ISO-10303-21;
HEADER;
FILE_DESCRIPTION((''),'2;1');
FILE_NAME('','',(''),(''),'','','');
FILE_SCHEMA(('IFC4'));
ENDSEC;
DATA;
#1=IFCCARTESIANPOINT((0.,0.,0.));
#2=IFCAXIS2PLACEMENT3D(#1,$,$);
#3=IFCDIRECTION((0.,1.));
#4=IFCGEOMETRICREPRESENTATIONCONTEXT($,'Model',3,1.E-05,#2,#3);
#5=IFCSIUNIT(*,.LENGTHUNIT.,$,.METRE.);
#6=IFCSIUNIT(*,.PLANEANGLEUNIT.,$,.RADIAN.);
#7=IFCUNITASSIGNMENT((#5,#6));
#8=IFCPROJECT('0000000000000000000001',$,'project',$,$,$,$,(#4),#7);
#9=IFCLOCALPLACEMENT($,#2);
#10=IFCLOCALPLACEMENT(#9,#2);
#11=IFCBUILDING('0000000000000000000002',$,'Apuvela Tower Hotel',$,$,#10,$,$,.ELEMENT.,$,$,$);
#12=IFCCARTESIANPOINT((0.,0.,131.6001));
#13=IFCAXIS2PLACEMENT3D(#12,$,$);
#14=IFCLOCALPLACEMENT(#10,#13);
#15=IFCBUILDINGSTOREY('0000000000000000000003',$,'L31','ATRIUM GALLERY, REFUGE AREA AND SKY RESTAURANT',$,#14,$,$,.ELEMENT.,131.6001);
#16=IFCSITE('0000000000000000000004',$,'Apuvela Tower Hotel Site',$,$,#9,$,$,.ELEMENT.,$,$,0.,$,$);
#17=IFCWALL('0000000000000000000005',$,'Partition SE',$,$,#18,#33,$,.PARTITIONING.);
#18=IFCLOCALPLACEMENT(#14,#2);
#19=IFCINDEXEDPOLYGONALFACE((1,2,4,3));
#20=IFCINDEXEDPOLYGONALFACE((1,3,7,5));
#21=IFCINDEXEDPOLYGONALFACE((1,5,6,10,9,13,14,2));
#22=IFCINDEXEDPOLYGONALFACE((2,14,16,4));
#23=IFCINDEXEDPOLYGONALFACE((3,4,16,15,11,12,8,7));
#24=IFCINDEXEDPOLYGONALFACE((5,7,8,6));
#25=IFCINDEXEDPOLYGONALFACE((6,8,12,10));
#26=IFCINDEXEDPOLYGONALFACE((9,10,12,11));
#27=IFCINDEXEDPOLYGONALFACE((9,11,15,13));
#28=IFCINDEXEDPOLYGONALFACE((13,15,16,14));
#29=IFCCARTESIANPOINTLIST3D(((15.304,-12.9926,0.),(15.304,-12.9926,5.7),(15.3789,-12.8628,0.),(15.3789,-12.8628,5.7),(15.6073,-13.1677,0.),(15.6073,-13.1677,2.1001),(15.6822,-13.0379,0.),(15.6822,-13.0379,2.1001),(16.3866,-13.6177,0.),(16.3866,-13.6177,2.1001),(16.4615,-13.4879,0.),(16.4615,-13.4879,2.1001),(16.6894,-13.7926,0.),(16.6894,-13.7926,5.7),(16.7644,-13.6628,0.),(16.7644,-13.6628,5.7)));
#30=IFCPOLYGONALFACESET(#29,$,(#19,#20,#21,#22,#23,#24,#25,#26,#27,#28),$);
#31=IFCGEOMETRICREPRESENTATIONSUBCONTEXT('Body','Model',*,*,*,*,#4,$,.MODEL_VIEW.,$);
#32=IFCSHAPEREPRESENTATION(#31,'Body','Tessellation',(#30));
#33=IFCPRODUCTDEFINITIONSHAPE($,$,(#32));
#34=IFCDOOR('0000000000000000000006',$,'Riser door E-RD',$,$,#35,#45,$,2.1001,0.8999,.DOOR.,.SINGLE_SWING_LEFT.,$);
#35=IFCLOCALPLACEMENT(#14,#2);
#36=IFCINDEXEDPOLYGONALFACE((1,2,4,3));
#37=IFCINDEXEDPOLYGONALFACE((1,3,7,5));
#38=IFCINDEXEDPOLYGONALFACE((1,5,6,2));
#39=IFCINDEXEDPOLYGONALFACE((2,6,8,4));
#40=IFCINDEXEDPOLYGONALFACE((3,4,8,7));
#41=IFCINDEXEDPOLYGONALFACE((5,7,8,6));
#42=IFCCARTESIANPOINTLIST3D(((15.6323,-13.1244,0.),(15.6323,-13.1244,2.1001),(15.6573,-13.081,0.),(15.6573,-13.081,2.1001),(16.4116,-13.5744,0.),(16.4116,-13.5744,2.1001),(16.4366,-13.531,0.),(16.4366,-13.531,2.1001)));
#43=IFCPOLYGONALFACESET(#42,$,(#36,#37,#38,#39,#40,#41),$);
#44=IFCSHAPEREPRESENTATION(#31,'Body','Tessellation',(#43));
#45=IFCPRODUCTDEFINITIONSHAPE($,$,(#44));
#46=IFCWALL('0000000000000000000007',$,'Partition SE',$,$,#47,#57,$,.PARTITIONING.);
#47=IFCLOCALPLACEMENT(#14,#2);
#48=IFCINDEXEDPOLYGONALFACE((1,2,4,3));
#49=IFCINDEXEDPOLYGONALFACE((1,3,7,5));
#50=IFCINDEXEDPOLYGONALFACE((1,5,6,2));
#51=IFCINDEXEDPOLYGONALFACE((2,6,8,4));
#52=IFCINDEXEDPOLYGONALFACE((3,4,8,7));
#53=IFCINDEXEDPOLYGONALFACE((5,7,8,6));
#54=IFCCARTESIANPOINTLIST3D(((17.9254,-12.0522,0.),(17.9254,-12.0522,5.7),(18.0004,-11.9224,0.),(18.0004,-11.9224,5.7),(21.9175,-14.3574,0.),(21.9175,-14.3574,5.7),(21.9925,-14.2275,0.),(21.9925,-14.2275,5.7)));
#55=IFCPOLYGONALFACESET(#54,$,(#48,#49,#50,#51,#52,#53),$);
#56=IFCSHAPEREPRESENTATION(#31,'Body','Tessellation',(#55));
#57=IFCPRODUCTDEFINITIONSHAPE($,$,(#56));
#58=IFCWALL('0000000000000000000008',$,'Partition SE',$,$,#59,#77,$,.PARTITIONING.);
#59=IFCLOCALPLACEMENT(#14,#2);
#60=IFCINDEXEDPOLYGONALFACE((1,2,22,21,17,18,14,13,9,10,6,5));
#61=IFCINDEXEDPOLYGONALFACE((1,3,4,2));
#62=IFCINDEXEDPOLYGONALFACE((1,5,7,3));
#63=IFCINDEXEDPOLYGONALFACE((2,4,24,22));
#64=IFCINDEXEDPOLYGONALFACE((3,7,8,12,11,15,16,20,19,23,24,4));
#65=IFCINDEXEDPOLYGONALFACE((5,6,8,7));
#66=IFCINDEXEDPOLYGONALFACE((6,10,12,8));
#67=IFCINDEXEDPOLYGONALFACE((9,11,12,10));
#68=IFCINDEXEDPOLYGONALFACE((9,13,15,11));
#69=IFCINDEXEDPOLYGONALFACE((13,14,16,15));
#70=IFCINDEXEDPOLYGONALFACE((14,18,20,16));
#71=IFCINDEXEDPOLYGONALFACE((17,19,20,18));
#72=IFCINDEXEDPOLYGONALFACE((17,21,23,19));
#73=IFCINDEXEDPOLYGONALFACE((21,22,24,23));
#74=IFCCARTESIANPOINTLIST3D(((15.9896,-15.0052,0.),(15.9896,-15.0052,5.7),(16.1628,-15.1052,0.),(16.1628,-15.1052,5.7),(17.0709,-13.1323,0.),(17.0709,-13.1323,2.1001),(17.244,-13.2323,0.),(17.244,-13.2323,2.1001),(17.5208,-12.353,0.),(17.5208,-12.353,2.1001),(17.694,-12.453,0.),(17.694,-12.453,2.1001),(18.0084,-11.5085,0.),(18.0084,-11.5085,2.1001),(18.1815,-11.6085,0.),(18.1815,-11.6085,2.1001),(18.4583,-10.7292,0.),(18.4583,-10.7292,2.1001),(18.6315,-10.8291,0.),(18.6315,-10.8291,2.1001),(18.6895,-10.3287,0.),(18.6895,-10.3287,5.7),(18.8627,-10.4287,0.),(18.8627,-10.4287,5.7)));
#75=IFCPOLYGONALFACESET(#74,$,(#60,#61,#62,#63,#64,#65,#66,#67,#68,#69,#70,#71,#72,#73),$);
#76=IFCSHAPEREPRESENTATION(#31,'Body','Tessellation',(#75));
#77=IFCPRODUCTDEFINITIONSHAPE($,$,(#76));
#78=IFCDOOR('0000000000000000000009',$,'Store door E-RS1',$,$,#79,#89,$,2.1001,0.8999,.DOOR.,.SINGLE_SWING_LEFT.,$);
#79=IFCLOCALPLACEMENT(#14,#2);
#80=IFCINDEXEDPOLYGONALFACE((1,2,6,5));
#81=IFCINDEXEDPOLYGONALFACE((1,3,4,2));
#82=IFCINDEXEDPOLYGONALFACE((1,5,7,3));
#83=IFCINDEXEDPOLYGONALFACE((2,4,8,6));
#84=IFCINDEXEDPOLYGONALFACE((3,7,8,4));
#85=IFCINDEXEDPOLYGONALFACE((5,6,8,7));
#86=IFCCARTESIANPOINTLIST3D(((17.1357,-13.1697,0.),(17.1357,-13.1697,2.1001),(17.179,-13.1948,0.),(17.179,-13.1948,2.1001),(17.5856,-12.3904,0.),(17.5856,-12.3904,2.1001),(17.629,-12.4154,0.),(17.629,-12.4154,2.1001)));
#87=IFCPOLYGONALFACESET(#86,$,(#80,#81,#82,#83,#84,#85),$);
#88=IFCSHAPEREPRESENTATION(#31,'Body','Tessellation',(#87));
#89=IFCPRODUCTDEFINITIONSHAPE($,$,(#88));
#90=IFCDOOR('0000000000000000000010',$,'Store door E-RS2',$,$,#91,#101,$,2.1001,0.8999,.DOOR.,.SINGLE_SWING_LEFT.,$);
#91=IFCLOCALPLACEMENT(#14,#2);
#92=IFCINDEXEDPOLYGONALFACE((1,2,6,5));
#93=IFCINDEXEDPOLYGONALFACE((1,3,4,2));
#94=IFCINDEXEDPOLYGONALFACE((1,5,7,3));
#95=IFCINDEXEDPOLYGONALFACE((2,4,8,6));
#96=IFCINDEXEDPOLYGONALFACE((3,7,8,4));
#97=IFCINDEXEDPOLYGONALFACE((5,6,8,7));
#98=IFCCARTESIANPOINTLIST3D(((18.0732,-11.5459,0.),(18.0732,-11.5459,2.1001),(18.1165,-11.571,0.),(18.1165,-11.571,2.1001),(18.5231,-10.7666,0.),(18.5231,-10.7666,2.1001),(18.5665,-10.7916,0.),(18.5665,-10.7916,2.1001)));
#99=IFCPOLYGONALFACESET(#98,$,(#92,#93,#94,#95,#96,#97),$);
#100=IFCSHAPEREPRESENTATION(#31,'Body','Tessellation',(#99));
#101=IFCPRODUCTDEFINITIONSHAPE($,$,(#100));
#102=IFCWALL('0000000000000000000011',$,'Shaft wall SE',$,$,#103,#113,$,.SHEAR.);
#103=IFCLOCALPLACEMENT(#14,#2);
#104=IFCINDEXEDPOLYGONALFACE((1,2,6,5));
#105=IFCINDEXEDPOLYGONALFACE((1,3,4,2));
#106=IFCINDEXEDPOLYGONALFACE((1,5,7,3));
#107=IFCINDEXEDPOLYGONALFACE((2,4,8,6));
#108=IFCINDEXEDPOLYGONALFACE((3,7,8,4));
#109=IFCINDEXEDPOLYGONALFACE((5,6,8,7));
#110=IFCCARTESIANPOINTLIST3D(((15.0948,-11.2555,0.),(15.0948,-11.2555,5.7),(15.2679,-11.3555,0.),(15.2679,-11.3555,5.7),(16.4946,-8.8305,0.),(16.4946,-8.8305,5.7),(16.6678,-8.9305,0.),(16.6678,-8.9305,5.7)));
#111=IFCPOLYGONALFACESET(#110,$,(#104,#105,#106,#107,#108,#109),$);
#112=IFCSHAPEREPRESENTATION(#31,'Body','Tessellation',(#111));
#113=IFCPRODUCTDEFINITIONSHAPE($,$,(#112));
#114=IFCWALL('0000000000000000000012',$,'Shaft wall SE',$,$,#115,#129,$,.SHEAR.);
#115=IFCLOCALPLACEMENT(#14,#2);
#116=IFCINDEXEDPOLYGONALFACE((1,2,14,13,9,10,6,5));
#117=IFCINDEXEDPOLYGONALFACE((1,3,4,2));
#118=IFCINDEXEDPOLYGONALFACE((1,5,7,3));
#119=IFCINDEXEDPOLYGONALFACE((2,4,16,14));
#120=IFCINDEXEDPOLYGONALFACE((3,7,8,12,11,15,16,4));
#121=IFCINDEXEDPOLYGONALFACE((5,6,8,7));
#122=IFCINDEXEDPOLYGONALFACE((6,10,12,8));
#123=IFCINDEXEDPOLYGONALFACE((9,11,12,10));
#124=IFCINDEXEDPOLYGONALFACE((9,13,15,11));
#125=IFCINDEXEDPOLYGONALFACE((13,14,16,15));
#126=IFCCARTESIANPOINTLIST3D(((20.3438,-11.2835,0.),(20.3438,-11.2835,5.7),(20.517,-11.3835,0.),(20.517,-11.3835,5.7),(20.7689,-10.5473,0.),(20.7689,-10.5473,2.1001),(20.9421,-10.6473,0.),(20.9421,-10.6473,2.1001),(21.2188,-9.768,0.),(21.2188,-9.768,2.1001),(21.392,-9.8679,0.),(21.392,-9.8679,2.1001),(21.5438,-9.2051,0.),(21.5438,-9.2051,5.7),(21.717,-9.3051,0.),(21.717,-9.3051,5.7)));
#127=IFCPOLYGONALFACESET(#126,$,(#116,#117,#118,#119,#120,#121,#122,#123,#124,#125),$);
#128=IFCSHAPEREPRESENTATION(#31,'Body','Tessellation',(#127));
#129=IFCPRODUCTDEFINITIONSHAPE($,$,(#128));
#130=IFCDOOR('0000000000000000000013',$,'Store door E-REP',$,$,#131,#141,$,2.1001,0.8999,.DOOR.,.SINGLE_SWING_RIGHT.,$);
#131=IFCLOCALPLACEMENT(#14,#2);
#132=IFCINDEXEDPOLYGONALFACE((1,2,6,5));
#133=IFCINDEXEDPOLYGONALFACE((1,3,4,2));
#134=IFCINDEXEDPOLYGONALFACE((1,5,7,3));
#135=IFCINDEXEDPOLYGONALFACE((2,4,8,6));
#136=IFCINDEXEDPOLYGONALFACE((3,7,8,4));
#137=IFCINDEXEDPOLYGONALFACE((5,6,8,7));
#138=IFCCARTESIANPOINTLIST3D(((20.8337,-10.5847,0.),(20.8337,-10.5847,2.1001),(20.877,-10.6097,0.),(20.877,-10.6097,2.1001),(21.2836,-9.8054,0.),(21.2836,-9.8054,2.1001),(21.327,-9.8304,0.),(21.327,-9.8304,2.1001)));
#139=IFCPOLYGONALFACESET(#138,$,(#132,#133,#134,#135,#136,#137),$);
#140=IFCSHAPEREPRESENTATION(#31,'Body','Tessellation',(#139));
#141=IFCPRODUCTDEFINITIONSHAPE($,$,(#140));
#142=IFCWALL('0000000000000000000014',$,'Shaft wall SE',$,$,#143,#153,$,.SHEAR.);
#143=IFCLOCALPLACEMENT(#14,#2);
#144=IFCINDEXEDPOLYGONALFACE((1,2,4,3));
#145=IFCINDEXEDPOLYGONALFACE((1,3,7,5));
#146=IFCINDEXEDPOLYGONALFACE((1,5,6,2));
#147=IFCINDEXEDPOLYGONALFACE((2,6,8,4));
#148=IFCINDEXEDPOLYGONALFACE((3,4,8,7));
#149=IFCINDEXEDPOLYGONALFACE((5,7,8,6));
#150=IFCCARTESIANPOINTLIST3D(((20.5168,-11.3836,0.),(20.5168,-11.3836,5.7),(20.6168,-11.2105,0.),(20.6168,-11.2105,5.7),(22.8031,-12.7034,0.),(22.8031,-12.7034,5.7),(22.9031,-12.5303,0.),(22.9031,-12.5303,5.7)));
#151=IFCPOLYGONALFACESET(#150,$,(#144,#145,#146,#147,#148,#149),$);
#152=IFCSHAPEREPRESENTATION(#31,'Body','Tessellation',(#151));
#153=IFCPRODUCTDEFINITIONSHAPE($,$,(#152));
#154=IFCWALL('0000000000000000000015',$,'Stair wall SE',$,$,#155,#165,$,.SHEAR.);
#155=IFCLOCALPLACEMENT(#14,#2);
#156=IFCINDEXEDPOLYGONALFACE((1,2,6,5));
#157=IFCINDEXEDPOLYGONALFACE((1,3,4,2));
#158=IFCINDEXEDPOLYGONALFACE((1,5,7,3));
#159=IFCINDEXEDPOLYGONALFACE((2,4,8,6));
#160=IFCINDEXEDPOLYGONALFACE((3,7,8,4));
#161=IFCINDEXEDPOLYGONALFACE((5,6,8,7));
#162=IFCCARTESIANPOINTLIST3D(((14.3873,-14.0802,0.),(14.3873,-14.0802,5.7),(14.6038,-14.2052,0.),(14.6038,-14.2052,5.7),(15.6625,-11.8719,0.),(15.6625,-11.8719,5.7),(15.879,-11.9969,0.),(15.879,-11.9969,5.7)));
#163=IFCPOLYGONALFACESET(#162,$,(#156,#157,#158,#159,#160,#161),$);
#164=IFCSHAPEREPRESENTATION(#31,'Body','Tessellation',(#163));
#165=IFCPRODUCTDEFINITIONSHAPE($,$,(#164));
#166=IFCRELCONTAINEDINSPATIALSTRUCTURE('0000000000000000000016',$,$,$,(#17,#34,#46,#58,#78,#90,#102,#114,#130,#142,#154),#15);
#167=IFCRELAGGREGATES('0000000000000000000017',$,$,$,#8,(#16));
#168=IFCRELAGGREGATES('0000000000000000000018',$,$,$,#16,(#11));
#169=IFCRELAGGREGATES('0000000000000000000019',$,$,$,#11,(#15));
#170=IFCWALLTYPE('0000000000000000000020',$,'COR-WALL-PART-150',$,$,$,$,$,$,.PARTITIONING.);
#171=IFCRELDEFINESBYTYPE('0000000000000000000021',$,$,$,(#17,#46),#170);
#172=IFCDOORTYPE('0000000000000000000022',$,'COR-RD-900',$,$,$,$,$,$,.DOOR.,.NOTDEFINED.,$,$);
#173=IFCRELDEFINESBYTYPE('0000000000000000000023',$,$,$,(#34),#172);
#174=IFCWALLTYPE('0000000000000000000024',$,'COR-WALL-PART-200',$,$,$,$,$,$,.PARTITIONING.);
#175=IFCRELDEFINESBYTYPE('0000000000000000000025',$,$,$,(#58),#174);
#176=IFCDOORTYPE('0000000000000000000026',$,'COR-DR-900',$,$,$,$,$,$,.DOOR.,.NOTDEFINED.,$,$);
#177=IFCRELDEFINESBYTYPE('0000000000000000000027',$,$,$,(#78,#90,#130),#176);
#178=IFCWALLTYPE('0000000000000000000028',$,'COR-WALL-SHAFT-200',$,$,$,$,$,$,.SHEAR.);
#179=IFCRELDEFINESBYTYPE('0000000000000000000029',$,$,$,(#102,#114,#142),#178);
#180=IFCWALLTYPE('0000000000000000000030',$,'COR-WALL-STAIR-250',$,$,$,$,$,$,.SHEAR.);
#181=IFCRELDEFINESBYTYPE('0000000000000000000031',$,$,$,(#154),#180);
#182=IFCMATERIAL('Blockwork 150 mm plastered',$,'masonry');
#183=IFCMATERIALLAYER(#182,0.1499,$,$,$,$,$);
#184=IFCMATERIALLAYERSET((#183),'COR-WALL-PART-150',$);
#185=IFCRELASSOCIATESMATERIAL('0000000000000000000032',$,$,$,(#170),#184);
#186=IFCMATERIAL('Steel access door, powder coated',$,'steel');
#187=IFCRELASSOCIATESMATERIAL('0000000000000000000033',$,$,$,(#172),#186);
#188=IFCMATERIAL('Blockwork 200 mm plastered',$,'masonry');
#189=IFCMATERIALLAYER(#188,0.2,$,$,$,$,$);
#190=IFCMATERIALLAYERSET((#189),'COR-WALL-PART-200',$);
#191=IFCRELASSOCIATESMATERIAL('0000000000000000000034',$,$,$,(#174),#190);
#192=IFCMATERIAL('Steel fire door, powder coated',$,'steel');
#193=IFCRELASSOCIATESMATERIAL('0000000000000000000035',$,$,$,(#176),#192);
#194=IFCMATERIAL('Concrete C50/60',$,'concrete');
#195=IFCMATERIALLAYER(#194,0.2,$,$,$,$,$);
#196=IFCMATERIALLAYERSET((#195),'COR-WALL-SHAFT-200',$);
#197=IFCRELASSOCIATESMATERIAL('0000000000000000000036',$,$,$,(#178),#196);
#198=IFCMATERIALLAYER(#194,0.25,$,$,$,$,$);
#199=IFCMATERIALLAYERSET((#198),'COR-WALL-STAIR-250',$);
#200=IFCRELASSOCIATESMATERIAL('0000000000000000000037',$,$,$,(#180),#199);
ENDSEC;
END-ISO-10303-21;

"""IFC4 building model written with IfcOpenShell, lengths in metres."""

from ifc_helpers import new_model, si_unit, direction, frame, frame_2d, origin, place, context, subcontext, project, spatial, rectangle, extrude, material, layer, layer_set, type_object, element, fill, save


model = new_model("IFC4")

# Units and contexts
model_context = context("Model", 3, precision=1e-05, world=origin(), true_north=direction((0.0, 1.0)))
body_context = subcontext(model_context, "Body", "Model", "MODEL_VIEW")
ifc_project = project(units=[si_unit("LENGTHUNIT", "METRE"), si_unit("PLANEANGLEUNIT", "RADIAN")], contexts=[model_context])

# Site, building, storey
site_placement = place(None, origin())
site = spatial("IfcSite", under=ifc_project, at=site_placement, Name="Apuvela Tower Hotel Site", CompositionType="ELEMENT", RefElevation=0.0)
building_placement = place(site_placement, origin())
building = spatial("IfcBuilding", under=site, at=building_placement, Name="Apuvela Tower Hotel", CompositionType="ELEMENT")
storey_placement = place(building_placement, frame((0.0, 0.0, 131.6001)))
storey = spatial("IfcBuildingStorey", under=building, at=storey_placement, Name="L31", Description="ATRIUM GALLERY, REFUGE AREA AND SKY RESTAURANT", CompositionType="ELEMENT", Elevation=131.6001)

# Wall, opening, door
ifc_material_1 = material(Name="Blockwork 150 mm plastered", Category="masonry")
ifc_layer_1 = layer(ifc_material_1, 0.1499)
ifc_layer_set_1 = layer_set([ifc_layer_1], Name="COR-WALL-PART-150")
wall_type_1 = type_object("IfcWallType", Name="COR-WALL-PART-150", PredefinedType="PARTITIONING", material=ifc_layer_set_1)
wall_1_placement = place(storey_placement, frame((15.3416, -12.9277, 0.0), z_axis=(0.0, 0.0, 1.0), x_axis=(0.86599, -0.500061, 0.0)))
wall_1 = element("IfcWall", 1, at=wall_1_placement, inside=storey, type_object=wall_type_1, Name="Partition SE", PredefinedType="PARTITIONING", context=body_context, shape_type="SweptSolid", body=[
    extrude(rectangle(XDim=1.5999, YDim=0.1499, at=frame_2d((0.7998, 0.0))), origin(), (0.0, 0.0, 1.0), 5.7),
])
opening_1_placement = place(wall_1_placement, frame((0.3501, 0.0, 0.0)))
opening_1 = element("IfcOpeningElement", 2, at=opening_1_placement, cuts=wall_1, PredefinedType="OPENING", context=body_context, shape_type="SweptSolid", body=[
    extrude(rectangle(XDim=0.8999, YDim=2.1001, at=frame_2d((0.45, 1.05))), frame((0.0, 0.085, 0.0), z_axis=(0.0, -1.0, 0.0), x_axis=(1.0, 0.0, 0.0)), (0.0, 0.0, 1.0), 0.1699),
])
ifc_material_2 = material(Name="Steel access door, powder coated", Category="steel")
door_type_1 = type_object("IfcDoorType", Name="COR-RD-900", OperationType="NOTDEFINED", PredefinedType="DOOR", material=ifc_material_2)
door_1_placement = place(opening_1_placement, frame((0.8999, 0.0, 0.0), z_axis=(0.0, 0.0, 1.0), x_axis=(-1.0, 0.0, 0.0)))
door_1 = element("IfcDoor", 3, at=door_1_placement, inside=storey, type_object=door_type_1, Name="Riser door E-RD", OperationType="SINGLE_SWING_LEFT", OverallHeight=2.1001, OverallWidth=0.8999, PredefinedType="DOOR", context=body_context, shape_type="SweptSolid", body=[
    extrude(rectangle(XDim=0.8999, YDim=2.1001, at=frame_2d((0.45, 1.05))), frame((0.0, 0.0249, 0.0), z_axis=(0.0, -1.0, 0.0), x_axis=(1.0, 0.0, 0.0)), (0.0, 0.0, 1.0), 0.05),
])
fill(opening_1, door_1)

# Wall
wall_2_placement = place(storey_placement, frame((17.9629, -11.9873, 0.0), z_axis=(0.0, 0.0, 1.0), x_axis=(0.865999, -0.500046, 0.0)))
element("IfcWall", 4, at=wall_2_placement, inside=storey, type_object=wall_type_1, Name="Partition SE", PredefinedType="PARTITIONING", context=body_context, shape_type="SweptSolid", body=[
    extrude(rectangle(XDim=4.6099, YDim=0.1499, at=frame_2d((2.3049, 0.0))), origin(), (0.0, 0.0, 1.0), 5.7),
])

# Wall, openings, doors
ifc_material_3 = material(Name="Blockwork 200 mm plastered", Category="masonry")
ifc_layer_2 = layer(ifc_material_3, 0.2)
ifc_layer_set_2 = layer_set([ifc_layer_2], Name="COR-WALL-PART-200")
wall_type_2 = type_object("IfcWallType", Name="COR-WALL-PART-200", PredefinedType="PARTITIONING", material=ifc_layer_set_2)
wall_3_placement = place(storey_placement, frame((16.0762, -15.0552, 0.0), z_axis=(0.0, 0.0, 1.0), x_axis=(0.499995, 0.866028, 0.0)))
wall_3 = element("IfcWall", 5, at=wall_3_placement, inside=storey, type_object=wall_type_2, Name="Partition SE", PredefinedType="PARTITIONING", context=body_context, shape_type="SweptSolid", body=[
    extrude(rectangle(XDim=5.3999, YDim=0.2, at=frame_2d((2.7, 0.0))), origin(), (0.0, 0.0, 1.0), 5.7),
])
opening_2_placement = place(wall_3_placement, frame((2.1626, 0.0, 0.0)))
opening_2 = element("IfcOpeningElement", 6, at=opening_2_placement, cuts=wall_3, PredefinedType="OPENING", context=body_context, shape_type="SweptSolid", body=[
    extrude(rectangle(XDim=0.8999, YDim=2.1001, at=frame_2d((0.45, 1.05))), frame((0.0, 0.1099, 0.0), z_axis=(0.0, -1.0, 0.0), x_axis=(1.0, 0.0, 0.0)), (0.0, 0.0, 1.0), 0.22),
])
opening_3_placement = place(wall_3_placement, frame((4.0376, 0.0, 0.0)))
opening_3 = element("IfcOpeningElement", 7, at=opening_3_placement, cuts=wall_3, PredefinedType="OPENING", context=body_context, shape_type="SweptSolid", body=[
    extrude(rectangle(XDim=0.8999, YDim=2.1001, at=frame_2d((0.45, 1.05))), frame((0.0, 0.1099, 0.0), z_axis=(0.0, -1.0, 0.0), x_axis=(1.0, 0.0, 0.0)), (0.0, 0.0, 1.0), 0.22),
])
ifc_material_4 = material(Name="Steel fire door, powder coated", Category="steel")
door_type_2 = type_object("IfcDoorType", Name="COR-DR-900", OperationType="NOTDEFINED", PredefinedType="DOOR", material=ifc_material_4)
door_2_placement = place(opening_2_placement, frame((0.8999, 0.0, 0.0), z_axis=(0.0, 0.0, 1.0), x_axis=(-1.0, 0.0, 0.0)))
door_2 = element("IfcDoor", 8, at=door_2_placement, inside=storey, type_object=door_type_2, Name="Store door E-RS1", OperationType="SINGLE_SWING_LEFT", OverallHeight=2.1001, OverallWidth=0.8999, PredefinedType="DOOR", context=body_context, shape_type="SweptSolid", body=[
    extrude(rectangle(XDim=0.8999, YDim=2.1001, at=frame_2d((0.45, 1.05))), frame((0.0, 0.0249, 0.0), z_axis=(0.0, -1.0, 0.0), x_axis=(1.0, 0.0, 0.0)), (0.0, 0.0, 1.0), 0.05),
])
fill(opening_2, door_2)
door_3_placement = place(opening_3_placement, frame((0.8999, 0.0, 0.0), z_axis=(0.0, 0.0, 1.0), x_axis=(-1.0, 0.0, 0.0)))
door_3 = element("IfcDoor", 9, at=door_3_placement, inside=storey, type_object=door_type_2, Name="Store door E-RS2", OperationType="SINGLE_SWING_LEFT", OverallHeight=2.1001, OverallWidth=0.8999, PredefinedType="DOOR", context=body_context, shape_type="SweptSolid", body=[
    extrude(rectangle(XDim=0.8999, YDim=2.1001, at=frame_2d((0.45, 1.05))), frame((0.0, 0.0249, 0.0), z_axis=(0.0, -1.0, 0.0), x_axis=(1.0, 0.0, 0.0)), (0.0, 0.0, 1.0), 0.05),
])
fill(opening_3, door_3)

# Wall
ifc_material_5 = material(Name="Concrete C50/60", Category="concrete")
ifc_layer_3 = layer(ifc_material_5, 0.2)
ifc_layer_set_3 = layer_set([ifc_layer_3], Name="COR-WALL-SHAFT-200")
wall_type_3 = type_object("IfcWallType", Name="COR-WALL-SHAFT-200", PredefinedType="SHEAR", material=ifc_layer_set_3)
wall_4_placement = place(storey_placement, frame((15.1814, -11.3054, 0.0), z_axis=(0.0, 0.0, 1.0), x_axis=(0.499946, 0.866056, 0.0)))
element("IfcWall", 10, at=wall_4_placement, inside=storey, type_object=wall_type_3, Name="Shaft wall SE", PredefinedType="SHEAR", context=body_context, shape_type="SweptSolid", body=[
    extrude(rectangle(XDim=2.8, YDim=0.2, at=frame_2d((1.3999, 0.0))), origin(), (0.0, 0.0, 1.0), 5.7),
])

# Wall, opening, door
wall_5_placement = place(storey_placement, frame((20.4304, -11.3335, 0.0), z_axis=(0.0, 0.0, 1.0), x_axis=(0.500001, 0.866025, 0.0)))
wall_5 = element("IfcWall", 11, at=wall_5_placement, inside=storey, type_object=wall_type_3, Name="Shaft wall SE", PredefinedType="SHEAR", context=body_context, shape_type="SweptSolid", body=[
    extrude(rectangle(XDim=2.3999, YDim=0.2, at=frame_2d((1.2, 0.0))), origin(), (0.0, 0.0, 1.0), 5.7),
])
opening_4_placement = place(wall_5_placement, frame((0.8501, 0.0, 0.0)))
opening_4 = element("IfcOpeningElement", 12, at=opening_4_placement, cuts=wall_5, PredefinedType="OPENING", context=body_context, shape_type="SweptSolid", body=[
    extrude(rectangle(XDim=0.8999, YDim=2.1001, at=frame_2d((0.45, 1.05))), frame((0.0, 0.1099, 0.0), z_axis=(0.0, -1.0, 0.0), x_axis=(1.0, 0.0, 0.0)), (0.0, 0.0, 1.0), 0.22),
])
door_4_placement = place(opening_4_placement, frame((0.8999, 0.0, 0.0), z_axis=(0.0, 0.0, 1.0), x_axis=(-1.0, 0.0, 0.0)))
door_4 = element("IfcDoor", 13, at=door_4_placement, inside=storey, type_object=door_type_2, Name="Store door E-REP", OperationType="SINGLE_SWING_RIGHT", OverallHeight=2.1001, OverallWidth=0.8999, PredefinedType="DOOR", context=body_context, shape_type="SweptSolid", body=[
    extrude(rectangle(XDim=0.8999, YDim=2.1001, at=frame_2d((0.45, 1.05))), frame((0.0, 0.0249, 0.0), z_axis=(0.0, -1.0, 0.0), x_axis=(1.0, 0.0, 0.0)), (0.0, 0.0, 1.0), 0.05),
])
fill(opening_4, door_4)

# Walls
wall_6_placement = place(storey_placement, frame((20.5669, -11.2971, 0.0), z_axis=(0.0, 0.0, 1.0), x_axis=(0.866061, -0.499939, 0.0)))
element("IfcWall", 14, at=wall_6_placement, inside=storey, type_object=wall_type_3, Name="Shaft wall SE", PredefinedType="SHEAR", context=body_context, shape_type="SweptSolid", body=[
    extrude(rectangle(XDim=2.6399, YDim=0.2, at=frame_2d((1.3198, 0.0))), origin(), (0.0, 0.0, 1.0), 5.7),
])
ifc_layer_4 = layer(ifc_material_5, 0.25)
ifc_layer_set_4 = layer_set([ifc_layer_4], Name="COR-WALL-STAIR-250")
wall_type_4 = type_object("IfcWallType", Name="COR-WALL-STAIR-250", PredefinedType="SHEAR", material=ifc_layer_set_4)
wall_7_placement = place(storey_placement, frame((14.4956, -14.1426, 0.0), z_axis=(0.0, 0.0, 1.0), x_axis=(0.500062, 0.865989, 0.0)))
element("IfcWall", 15, at=wall_7_placement, inside=storey, type_object=wall_type_4, Name="Stair wall SE", PredefinedType="SHEAR", context=body_context, shape_type="SweptSolid", body=[
    extrude(rectangle(XDim=2.55, YDim=0.25, at=frame_2d((1.2749, 0.0))), origin(), (0.0, 0.0, 1.0), 5.7),
])

save(model, "model.ifc")
